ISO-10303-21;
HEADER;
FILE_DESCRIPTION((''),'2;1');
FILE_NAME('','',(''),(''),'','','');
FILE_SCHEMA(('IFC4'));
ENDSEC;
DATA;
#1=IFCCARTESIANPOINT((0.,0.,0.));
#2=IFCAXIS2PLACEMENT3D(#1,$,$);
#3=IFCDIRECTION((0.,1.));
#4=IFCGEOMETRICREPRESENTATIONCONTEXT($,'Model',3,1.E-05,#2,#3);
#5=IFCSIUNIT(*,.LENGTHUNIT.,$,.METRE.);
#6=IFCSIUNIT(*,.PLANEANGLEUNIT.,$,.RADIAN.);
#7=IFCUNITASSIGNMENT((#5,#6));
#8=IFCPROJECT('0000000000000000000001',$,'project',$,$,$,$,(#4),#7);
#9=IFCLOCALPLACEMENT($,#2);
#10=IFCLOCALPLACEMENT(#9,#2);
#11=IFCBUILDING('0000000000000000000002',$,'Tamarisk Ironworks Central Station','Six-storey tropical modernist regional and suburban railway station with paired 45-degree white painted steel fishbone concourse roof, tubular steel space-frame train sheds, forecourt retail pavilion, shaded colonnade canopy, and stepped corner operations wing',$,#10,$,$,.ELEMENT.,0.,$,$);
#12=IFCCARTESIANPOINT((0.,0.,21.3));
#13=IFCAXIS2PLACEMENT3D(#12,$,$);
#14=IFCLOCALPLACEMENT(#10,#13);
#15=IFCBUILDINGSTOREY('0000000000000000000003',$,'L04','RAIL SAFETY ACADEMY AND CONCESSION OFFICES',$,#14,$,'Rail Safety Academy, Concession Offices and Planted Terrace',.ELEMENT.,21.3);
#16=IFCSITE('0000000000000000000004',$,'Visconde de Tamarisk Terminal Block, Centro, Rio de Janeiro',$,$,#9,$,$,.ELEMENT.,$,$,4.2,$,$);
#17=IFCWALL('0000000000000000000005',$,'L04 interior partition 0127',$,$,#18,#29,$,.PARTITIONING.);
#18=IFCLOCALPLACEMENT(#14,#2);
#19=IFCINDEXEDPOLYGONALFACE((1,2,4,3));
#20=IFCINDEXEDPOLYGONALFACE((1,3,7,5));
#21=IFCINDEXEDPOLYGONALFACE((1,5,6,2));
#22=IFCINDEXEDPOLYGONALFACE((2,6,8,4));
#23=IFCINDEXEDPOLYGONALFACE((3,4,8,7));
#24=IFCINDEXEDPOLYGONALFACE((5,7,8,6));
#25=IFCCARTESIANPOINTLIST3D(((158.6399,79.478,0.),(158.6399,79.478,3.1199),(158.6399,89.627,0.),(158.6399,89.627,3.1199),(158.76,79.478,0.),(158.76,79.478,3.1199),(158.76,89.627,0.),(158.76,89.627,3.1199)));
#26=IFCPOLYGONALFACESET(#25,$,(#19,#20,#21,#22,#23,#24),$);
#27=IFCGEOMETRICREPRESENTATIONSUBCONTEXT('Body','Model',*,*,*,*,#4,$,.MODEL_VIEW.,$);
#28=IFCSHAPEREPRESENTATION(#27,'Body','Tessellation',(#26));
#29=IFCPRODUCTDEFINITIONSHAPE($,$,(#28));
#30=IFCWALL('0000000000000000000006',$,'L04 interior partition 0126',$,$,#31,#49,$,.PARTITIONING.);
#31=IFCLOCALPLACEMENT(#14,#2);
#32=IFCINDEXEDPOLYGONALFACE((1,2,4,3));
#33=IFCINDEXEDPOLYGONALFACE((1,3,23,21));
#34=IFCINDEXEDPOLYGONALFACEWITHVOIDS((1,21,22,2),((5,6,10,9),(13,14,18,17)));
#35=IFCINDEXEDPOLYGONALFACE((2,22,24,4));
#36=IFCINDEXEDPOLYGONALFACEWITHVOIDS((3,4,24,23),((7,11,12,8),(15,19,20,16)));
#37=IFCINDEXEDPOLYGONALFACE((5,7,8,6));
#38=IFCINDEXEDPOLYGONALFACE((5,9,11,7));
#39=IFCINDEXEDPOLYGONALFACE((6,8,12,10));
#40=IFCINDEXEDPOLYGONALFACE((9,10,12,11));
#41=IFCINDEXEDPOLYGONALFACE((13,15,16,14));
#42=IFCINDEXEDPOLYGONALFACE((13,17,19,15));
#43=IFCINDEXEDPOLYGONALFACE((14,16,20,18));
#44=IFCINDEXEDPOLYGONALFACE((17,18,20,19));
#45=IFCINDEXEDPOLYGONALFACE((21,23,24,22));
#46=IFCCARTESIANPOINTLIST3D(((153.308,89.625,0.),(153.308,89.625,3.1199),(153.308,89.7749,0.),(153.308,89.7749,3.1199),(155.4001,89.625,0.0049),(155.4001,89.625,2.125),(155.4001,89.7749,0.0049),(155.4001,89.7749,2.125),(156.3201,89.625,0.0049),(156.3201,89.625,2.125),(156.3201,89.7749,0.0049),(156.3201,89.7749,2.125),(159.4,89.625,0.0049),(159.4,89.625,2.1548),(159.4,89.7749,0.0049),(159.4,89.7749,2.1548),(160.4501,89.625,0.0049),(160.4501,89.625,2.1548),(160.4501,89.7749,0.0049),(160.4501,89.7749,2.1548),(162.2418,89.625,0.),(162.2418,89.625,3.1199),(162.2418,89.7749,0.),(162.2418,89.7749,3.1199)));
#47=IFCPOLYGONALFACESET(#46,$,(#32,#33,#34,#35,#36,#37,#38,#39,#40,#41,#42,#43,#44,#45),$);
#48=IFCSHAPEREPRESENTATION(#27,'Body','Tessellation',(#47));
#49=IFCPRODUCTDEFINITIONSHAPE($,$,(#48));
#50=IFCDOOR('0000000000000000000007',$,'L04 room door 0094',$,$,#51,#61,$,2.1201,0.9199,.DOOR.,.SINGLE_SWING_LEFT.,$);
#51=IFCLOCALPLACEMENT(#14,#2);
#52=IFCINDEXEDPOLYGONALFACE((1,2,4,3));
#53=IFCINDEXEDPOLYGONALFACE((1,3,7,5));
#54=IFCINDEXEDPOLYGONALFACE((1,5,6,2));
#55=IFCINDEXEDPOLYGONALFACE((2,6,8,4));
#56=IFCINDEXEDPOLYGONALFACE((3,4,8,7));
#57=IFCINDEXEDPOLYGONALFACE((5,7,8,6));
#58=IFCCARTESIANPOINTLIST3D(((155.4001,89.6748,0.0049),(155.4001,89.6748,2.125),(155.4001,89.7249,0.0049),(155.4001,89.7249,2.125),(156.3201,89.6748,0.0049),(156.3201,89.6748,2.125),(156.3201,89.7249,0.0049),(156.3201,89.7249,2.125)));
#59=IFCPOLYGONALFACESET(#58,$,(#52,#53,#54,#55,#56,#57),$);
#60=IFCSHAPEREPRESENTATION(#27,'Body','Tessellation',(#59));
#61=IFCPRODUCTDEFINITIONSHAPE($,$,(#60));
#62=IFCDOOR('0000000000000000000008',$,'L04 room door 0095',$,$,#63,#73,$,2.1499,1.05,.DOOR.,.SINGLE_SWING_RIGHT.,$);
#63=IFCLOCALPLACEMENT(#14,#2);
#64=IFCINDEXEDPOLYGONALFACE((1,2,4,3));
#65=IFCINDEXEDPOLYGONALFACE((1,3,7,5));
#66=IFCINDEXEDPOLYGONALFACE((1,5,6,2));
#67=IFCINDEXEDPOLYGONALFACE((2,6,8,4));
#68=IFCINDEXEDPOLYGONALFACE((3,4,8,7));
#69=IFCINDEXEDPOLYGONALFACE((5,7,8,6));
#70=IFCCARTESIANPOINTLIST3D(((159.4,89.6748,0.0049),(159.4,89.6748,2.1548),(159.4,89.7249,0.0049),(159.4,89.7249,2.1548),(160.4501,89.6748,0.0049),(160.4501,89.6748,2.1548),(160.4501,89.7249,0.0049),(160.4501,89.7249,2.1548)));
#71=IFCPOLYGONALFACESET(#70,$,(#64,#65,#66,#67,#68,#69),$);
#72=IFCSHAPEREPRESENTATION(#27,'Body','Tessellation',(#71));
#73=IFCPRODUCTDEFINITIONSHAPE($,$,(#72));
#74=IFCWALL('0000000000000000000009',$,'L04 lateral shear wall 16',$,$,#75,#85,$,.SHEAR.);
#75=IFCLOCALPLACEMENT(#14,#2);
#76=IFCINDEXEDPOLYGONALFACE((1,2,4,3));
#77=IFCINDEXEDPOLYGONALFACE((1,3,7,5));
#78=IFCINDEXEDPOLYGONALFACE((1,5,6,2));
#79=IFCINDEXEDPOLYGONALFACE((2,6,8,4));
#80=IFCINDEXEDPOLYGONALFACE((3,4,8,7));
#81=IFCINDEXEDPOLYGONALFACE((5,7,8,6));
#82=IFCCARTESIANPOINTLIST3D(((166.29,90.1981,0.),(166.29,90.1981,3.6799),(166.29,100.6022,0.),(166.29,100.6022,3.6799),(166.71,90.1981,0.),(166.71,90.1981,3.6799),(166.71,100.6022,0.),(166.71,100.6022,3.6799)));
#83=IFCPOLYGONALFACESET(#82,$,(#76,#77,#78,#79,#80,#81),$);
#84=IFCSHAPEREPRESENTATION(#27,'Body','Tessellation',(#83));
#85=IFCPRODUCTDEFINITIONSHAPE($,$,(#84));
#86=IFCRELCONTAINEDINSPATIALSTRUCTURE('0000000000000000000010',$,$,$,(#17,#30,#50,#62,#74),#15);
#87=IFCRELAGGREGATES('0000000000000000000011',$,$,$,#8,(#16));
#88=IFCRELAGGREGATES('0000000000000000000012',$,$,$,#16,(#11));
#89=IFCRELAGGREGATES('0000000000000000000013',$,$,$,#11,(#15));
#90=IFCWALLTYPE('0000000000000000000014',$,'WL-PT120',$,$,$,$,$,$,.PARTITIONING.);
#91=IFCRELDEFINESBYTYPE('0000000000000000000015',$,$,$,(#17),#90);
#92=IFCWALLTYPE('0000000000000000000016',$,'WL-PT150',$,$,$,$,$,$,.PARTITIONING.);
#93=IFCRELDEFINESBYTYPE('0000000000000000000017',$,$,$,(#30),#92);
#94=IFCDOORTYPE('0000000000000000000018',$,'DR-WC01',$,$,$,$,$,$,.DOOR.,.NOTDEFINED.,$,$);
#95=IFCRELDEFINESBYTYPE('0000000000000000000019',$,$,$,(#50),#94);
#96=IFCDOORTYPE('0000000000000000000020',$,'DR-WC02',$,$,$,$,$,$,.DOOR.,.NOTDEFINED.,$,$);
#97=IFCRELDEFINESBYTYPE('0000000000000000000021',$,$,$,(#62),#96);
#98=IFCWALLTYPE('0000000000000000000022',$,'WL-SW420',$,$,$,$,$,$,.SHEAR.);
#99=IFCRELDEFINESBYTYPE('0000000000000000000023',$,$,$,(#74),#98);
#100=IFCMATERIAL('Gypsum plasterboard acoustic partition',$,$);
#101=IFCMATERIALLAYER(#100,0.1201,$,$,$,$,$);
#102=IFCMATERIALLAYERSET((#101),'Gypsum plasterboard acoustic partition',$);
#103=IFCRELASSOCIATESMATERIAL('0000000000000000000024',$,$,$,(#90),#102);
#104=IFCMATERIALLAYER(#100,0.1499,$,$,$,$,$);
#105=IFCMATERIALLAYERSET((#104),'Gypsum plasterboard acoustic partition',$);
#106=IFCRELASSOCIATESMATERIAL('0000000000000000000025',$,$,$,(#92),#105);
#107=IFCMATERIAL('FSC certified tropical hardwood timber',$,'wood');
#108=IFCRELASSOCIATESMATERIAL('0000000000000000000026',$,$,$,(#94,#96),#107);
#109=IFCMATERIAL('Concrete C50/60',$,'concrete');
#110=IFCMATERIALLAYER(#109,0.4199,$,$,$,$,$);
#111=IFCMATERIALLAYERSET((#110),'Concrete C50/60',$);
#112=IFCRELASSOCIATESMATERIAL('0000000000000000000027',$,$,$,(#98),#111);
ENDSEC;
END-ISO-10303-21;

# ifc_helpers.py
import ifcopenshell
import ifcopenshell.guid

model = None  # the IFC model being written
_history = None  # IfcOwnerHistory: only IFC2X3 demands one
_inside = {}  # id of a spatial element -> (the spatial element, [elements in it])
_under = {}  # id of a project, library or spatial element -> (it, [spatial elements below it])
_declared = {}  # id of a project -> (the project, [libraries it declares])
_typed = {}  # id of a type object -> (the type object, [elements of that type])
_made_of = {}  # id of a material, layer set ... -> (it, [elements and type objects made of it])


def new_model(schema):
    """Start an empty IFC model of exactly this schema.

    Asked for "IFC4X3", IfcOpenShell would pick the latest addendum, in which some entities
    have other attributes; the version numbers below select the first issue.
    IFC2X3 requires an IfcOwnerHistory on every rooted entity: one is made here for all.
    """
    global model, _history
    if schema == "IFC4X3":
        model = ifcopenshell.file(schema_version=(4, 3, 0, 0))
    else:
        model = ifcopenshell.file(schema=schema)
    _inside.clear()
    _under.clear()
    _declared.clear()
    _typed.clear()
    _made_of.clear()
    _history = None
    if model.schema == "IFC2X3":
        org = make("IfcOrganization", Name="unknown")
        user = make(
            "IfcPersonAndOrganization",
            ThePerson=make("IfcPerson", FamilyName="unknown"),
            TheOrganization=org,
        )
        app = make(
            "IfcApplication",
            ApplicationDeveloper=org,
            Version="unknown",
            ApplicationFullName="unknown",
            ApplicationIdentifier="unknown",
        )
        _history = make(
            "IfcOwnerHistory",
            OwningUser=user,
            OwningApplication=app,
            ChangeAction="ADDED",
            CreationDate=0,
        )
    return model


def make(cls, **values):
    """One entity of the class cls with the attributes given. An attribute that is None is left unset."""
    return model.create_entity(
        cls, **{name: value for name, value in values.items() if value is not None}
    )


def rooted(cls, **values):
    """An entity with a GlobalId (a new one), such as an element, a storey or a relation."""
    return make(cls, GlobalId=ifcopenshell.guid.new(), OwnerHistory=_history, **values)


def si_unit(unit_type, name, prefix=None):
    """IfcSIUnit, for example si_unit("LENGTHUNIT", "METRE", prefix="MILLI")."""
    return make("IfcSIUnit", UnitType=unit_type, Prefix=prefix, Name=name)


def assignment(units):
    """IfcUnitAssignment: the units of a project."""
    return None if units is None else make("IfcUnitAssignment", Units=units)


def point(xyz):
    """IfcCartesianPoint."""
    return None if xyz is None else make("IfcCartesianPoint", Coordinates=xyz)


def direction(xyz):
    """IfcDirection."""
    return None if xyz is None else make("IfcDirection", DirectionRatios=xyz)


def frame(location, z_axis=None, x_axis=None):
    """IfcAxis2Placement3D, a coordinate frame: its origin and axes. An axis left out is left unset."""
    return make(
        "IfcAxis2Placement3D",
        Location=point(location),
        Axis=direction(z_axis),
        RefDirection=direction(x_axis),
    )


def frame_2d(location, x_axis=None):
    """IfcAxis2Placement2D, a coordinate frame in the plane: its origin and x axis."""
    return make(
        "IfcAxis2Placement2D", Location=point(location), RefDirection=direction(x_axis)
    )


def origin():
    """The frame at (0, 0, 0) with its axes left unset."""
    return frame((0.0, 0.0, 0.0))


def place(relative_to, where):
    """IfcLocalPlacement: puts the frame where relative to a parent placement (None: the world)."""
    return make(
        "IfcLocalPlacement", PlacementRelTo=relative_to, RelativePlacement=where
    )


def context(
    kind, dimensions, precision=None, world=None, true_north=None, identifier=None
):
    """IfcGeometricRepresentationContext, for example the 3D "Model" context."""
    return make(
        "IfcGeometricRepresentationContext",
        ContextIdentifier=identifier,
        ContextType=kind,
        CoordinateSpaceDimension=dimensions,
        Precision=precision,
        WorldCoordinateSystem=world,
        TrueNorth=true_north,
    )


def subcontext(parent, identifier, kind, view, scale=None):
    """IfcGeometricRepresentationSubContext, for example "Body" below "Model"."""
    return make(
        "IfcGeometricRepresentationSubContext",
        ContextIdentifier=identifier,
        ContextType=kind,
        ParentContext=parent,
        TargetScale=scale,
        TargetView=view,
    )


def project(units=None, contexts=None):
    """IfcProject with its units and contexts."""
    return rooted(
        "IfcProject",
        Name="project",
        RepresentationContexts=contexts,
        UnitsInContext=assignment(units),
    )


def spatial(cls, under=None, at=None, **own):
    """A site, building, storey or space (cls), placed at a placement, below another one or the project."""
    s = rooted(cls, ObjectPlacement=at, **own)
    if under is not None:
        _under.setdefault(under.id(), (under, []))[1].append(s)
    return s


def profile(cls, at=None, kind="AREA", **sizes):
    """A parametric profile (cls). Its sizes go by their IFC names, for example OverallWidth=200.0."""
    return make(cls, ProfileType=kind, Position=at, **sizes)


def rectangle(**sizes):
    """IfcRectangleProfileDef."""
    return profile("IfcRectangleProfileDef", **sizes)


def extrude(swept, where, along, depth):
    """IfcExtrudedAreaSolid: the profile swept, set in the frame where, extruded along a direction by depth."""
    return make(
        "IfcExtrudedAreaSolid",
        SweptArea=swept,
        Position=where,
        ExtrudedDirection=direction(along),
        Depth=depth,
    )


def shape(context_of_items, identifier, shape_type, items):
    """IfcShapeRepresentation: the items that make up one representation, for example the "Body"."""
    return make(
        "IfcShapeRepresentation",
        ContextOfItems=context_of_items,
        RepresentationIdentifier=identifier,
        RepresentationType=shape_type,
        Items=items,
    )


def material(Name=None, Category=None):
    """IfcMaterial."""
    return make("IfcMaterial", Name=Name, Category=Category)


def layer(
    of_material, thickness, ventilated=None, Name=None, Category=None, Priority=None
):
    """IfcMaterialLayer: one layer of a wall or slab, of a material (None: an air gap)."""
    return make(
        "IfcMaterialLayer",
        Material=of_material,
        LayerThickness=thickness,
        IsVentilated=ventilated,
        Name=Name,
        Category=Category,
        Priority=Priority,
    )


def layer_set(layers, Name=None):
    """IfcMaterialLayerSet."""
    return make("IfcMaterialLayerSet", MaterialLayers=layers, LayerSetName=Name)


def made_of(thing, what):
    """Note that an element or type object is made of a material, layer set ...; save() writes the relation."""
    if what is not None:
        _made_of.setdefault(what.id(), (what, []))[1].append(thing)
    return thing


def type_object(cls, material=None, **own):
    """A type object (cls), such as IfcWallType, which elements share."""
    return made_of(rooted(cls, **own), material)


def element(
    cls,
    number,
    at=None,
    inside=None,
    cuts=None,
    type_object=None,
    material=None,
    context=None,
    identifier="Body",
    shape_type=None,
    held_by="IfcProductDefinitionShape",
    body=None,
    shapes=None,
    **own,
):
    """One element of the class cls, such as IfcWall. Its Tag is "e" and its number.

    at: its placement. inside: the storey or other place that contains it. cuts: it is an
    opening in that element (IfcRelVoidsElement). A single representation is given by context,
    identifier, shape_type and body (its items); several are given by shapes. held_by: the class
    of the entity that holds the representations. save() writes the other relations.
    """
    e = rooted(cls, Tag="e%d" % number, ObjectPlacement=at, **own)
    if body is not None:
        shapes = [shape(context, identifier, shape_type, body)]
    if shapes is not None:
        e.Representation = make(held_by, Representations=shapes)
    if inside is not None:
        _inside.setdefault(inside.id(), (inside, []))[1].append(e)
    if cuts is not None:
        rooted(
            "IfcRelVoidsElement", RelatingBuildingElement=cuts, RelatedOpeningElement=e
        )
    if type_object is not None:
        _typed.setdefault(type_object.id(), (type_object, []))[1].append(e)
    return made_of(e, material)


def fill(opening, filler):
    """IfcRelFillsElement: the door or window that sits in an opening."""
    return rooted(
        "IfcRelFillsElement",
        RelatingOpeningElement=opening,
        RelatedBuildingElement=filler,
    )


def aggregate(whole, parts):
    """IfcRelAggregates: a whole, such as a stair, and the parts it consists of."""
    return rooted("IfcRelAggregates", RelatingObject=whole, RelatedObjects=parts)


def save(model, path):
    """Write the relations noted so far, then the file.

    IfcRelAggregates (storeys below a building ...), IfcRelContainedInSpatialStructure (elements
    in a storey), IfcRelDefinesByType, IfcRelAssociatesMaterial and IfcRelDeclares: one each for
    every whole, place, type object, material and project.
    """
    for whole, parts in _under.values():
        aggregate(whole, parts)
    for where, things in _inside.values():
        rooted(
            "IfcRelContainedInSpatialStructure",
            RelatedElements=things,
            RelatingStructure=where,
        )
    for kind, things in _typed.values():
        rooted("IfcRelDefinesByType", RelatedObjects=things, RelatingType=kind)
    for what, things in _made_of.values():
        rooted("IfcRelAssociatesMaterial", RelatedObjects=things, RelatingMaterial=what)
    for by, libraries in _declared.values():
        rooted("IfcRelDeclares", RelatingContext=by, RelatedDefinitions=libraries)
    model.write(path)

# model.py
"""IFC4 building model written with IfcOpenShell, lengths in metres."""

from ifc_helpers import new_model, si_unit, direction, frame, frame_2d, origin, place, context, subcontext, project, spatial, rectangle, extrude, material, layer, layer_set, type_object, element, fill, save


model = new_model("IFC4")

# Units and contexts
model_context = context("Model", 3, precision=1e-05, world=origin(), true_north=direction((0.0, 1.0)))
body_context = subcontext(model_context, "Body", "Model", "MODEL_VIEW")
ifc_project = project(units=[si_unit("LENGTHUNIT", "METRE"), si_unit("PLANEANGLEUNIT", "RADIAN")], contexts=[model_context])

# Site, building, storey
site_placement = place(None, origin())
site = spatial("IfcSite", under=ifc_project, at=site_placement, Name="Visconde de Tamarisk Terminal Block, Centro, Rio de Janeiro", CompositionType="ELEMENT", RefElevation=4.2)
building_placement = place(site_placement, origin())
building = spatial("IfcBuilding", under=site, at=building_placement, Name="Tamarisk Ironworks Central Station", Description="Six-storey tropical modernist regional and suburban railway station with paired 45-degree white painted steel fishbone concourse roof, tubular steel space-frame train sheds, forecourt retail pavilion, shaded colonnade canopy, and stepped corner operations wing", CompositionType="ELEMENT", ElevationOfRefHeight=0.0)
storey_placement = place(building_placement, frame((0.0, 0.0, 21.3)))
storey = spatial("IfcBuildingStorey", under=building, at=storey_placement, Name="L04", Description="RAIL SAFETY ACADEMY AND CONCESSION OFFICES", LongName="Rail Safety Academy, Concession Offices and Planted Terrace", CompositionType="ELEMENT", Elevation=21.3)

# Shared definitions
ifc_material_1 = material(Name="Gypsum plasterboard acoustic partition")
ifc_layer_1 = layer(ifc_material_1, 0.1201)
ifc_layer_set_1 = layer_set([ifc_layer_1], Name="Gypsum plasterboard acoustic partition")
wall_type_1 = type_object("IfcWallType", Name="WL-PT120", PredefinedType="PARTITIONING", material=ifc_layer_set_1)
ifc_material_2 = material(Name="FSC certified tropical hardwood timber", Category="wood")

# Wall
wall_1_placement = place(storey_placement, frame((158.7, 79.478, 0.0), z_axis=(0.0, 0.0, 1.0), x_axis=(0.0, 1.0, 0.0)))
element("IfcWall", 1, at=wall_1_placement, inside=storey, type_object=wall_type_1, Name="L04 interior partition 0127", PredefinedType="PARTITIONING", context=body_context, shape_type="SweptSolid", body=[
    extrude(rectangle(XDim=10.1489, YDim=0.1201, at=frame_2d((5.0745, 0.0))), origin(), (0.0, 0.0, 1.0), 3.1199),
])

# Wall, openings, doors
ifc_layer_2 = layer(ifc_material_1, 0.1499)
ifc_layer_set_2 = layer_set([ifc_layer_2], Name="Gypsum plasterboard acoustic partition")
wall_type_2 = type_object("IfcWallType", Name="WL-PT150", PredefinedType="PARTITIONING", material=ifc_layer_set_2)
wall_2_placement = place(storey_placement, frame((153.3081, 89.7, 0.0), z_axis=(0.0, 0.0, 1.0), x_axis=(1.0, 0.0, 0.0)))
wall_2 = element("IfcWall", 2, at=wall_2_placement, inside=storey, type_object=wall_type_2, Name="L04 interior partition 0126", PredefinedType="PARTITIONING", context=body_context, shape_type="SweptSolid", body=[
    extrude(rectangle(XDim=8.9338, YDim=0.1499, at=frame_2d((4.4668, 0.0))), origin(), (0.0, 0.0, 1.0), 3.1199),
])
opening_1_placement = place(wall_2_placement, frame((2.092, 0.0, 0.0049)))
opening_1 = element("IfcOpeningElement", 3, at=opening_1_placement, cuts=wall_2, PredefinedType="OPENING", context=body_context, shape_type="SweptSolid", body=[
    extrude(rectangle(XDim=0.9199, YDim=2.1201, at=frame_2d((0.46, 1.0601))), frame((0.0, 0.0869, 0.0), z_axis=(0.0, -1.0, 0.0), x_axis=(1.0, 0.0, 0.0)), (0.0, 0.0, 1.0), 0.1738),
])
opening_2_placement = place(wall_2_placement, frame((6.092, 0.0, 0.0049)))
opening_2 = element("IfcOpeningElement", 4, at=opening_2_placement, cuts=wall_2, PredefinedType="OPENING", context=body_context, shape_type="SweptSolid", body=[
    extrude(rectangle(XDim=1.05, YDim=2.1499, at=frame_2d((0.5249, 1.075))), frame((0.0, 0.0869, 0.0), z_axis=(0.0, -1.0, 0.0), x_axis=(1.0, 0.0, 0.0)), (0.0, 0.0, 1.0), 0.1738),
])
door_type_1 = type_object("IfcDoorType", Name="DR-WC01", OperationType="NOTDEFINED", PredefinedType="DOOR", material=ifc_material_2)
door_1_placement = place(opening_1_placement, origin())
door_1 = element("IfcDoor", 5, at=door_1_placement, inside=storey, type_object=door_type_1, Name="L04 room door 0094", OperationType="SINGLE_SWING_LEFT", OverallHeight=2.1201, OverallWidth=0.9199, PredefinedType="DOOR", context=body_context, shape_type="SweptSolid", body=[
    extrude(rectangle(XDim=0.9199, YDim=2.1201, at=frame_2d((0.46, 1.0601))), frame((0.0, 0.0249, 0.0), z_axis=(0.0, -1.0, 0.0), x_axis=(1.0, 0.0, 0.0)), (0.0, 0.0, 1.0), 0.05),
])
fill(opening_1, door_1)
door_type_2 = type_object("IfcDoorType", Name="DR-WC02", OperationType="NOTDEFINED", PredefinedType="DOOR", material=ifc_material_2)
door_2_placement = place(opening_2_placement, origin())
door_2 = element("IfcDoor", 6, at=door_2_placement, inside=storey, type_object=door_type_2, Name="L04 room door 0095", OperationType="SINGLE_SWING_RIGHT", OverallHeight=2.1499, OverallWidth=1.05, PredefinedType="DOOR", context=body_context, shape_type="SweptSolid", body=[
    extrude(rectangle(XDim=1.05, YDim=2.1499, at=frame_2d((0.5249, 1.075))), frame((0.0, 0.0249, 0.0), z_axis=(0.0, -1.0, 0.0), x_axis=(1.0, 0.0, 0.0)), (0.0, 0.0, 1.0), 0.05),
])
fill(opening_2, door_2)

# Wall
ifc_material_3 = material(Name="Concrete C50/60", Category="concrete")
ifc_layer_3 = layer(ifc_material_3, 0.4199)
ifc_layer_set_3 = layer_set([ifc_layer_3], Name="Concrete C50/60")
wall_type_3 = type_object("IfcWallType", Name="WL-SW420", PredefinedType="SHEAR", material=ifc_layer_set_3)
wall_3_placement = place(storey_placement, frame((166.5, 90.198, 0.0), z_axis=(0.0, 0.0, 1.0), x_axis=(0.0, 1.0, 0.0)))
element("IfcWall", 7, at=wall_3_placement, inside=storey, type_object=wall_type_3, Name="L04 lateral shear wall 16", PredefinedType="SHEAR", context=body_context, shape_type="SweptSolid", body=[
    extrude(rectangle(XDim=10.4041, YDim=0.4199, at=frame_2d((5.2021, 0.0))), origin(), (0.0, 0.0, 1.0), 3.6799),
])

save(model, "model.ifc")
